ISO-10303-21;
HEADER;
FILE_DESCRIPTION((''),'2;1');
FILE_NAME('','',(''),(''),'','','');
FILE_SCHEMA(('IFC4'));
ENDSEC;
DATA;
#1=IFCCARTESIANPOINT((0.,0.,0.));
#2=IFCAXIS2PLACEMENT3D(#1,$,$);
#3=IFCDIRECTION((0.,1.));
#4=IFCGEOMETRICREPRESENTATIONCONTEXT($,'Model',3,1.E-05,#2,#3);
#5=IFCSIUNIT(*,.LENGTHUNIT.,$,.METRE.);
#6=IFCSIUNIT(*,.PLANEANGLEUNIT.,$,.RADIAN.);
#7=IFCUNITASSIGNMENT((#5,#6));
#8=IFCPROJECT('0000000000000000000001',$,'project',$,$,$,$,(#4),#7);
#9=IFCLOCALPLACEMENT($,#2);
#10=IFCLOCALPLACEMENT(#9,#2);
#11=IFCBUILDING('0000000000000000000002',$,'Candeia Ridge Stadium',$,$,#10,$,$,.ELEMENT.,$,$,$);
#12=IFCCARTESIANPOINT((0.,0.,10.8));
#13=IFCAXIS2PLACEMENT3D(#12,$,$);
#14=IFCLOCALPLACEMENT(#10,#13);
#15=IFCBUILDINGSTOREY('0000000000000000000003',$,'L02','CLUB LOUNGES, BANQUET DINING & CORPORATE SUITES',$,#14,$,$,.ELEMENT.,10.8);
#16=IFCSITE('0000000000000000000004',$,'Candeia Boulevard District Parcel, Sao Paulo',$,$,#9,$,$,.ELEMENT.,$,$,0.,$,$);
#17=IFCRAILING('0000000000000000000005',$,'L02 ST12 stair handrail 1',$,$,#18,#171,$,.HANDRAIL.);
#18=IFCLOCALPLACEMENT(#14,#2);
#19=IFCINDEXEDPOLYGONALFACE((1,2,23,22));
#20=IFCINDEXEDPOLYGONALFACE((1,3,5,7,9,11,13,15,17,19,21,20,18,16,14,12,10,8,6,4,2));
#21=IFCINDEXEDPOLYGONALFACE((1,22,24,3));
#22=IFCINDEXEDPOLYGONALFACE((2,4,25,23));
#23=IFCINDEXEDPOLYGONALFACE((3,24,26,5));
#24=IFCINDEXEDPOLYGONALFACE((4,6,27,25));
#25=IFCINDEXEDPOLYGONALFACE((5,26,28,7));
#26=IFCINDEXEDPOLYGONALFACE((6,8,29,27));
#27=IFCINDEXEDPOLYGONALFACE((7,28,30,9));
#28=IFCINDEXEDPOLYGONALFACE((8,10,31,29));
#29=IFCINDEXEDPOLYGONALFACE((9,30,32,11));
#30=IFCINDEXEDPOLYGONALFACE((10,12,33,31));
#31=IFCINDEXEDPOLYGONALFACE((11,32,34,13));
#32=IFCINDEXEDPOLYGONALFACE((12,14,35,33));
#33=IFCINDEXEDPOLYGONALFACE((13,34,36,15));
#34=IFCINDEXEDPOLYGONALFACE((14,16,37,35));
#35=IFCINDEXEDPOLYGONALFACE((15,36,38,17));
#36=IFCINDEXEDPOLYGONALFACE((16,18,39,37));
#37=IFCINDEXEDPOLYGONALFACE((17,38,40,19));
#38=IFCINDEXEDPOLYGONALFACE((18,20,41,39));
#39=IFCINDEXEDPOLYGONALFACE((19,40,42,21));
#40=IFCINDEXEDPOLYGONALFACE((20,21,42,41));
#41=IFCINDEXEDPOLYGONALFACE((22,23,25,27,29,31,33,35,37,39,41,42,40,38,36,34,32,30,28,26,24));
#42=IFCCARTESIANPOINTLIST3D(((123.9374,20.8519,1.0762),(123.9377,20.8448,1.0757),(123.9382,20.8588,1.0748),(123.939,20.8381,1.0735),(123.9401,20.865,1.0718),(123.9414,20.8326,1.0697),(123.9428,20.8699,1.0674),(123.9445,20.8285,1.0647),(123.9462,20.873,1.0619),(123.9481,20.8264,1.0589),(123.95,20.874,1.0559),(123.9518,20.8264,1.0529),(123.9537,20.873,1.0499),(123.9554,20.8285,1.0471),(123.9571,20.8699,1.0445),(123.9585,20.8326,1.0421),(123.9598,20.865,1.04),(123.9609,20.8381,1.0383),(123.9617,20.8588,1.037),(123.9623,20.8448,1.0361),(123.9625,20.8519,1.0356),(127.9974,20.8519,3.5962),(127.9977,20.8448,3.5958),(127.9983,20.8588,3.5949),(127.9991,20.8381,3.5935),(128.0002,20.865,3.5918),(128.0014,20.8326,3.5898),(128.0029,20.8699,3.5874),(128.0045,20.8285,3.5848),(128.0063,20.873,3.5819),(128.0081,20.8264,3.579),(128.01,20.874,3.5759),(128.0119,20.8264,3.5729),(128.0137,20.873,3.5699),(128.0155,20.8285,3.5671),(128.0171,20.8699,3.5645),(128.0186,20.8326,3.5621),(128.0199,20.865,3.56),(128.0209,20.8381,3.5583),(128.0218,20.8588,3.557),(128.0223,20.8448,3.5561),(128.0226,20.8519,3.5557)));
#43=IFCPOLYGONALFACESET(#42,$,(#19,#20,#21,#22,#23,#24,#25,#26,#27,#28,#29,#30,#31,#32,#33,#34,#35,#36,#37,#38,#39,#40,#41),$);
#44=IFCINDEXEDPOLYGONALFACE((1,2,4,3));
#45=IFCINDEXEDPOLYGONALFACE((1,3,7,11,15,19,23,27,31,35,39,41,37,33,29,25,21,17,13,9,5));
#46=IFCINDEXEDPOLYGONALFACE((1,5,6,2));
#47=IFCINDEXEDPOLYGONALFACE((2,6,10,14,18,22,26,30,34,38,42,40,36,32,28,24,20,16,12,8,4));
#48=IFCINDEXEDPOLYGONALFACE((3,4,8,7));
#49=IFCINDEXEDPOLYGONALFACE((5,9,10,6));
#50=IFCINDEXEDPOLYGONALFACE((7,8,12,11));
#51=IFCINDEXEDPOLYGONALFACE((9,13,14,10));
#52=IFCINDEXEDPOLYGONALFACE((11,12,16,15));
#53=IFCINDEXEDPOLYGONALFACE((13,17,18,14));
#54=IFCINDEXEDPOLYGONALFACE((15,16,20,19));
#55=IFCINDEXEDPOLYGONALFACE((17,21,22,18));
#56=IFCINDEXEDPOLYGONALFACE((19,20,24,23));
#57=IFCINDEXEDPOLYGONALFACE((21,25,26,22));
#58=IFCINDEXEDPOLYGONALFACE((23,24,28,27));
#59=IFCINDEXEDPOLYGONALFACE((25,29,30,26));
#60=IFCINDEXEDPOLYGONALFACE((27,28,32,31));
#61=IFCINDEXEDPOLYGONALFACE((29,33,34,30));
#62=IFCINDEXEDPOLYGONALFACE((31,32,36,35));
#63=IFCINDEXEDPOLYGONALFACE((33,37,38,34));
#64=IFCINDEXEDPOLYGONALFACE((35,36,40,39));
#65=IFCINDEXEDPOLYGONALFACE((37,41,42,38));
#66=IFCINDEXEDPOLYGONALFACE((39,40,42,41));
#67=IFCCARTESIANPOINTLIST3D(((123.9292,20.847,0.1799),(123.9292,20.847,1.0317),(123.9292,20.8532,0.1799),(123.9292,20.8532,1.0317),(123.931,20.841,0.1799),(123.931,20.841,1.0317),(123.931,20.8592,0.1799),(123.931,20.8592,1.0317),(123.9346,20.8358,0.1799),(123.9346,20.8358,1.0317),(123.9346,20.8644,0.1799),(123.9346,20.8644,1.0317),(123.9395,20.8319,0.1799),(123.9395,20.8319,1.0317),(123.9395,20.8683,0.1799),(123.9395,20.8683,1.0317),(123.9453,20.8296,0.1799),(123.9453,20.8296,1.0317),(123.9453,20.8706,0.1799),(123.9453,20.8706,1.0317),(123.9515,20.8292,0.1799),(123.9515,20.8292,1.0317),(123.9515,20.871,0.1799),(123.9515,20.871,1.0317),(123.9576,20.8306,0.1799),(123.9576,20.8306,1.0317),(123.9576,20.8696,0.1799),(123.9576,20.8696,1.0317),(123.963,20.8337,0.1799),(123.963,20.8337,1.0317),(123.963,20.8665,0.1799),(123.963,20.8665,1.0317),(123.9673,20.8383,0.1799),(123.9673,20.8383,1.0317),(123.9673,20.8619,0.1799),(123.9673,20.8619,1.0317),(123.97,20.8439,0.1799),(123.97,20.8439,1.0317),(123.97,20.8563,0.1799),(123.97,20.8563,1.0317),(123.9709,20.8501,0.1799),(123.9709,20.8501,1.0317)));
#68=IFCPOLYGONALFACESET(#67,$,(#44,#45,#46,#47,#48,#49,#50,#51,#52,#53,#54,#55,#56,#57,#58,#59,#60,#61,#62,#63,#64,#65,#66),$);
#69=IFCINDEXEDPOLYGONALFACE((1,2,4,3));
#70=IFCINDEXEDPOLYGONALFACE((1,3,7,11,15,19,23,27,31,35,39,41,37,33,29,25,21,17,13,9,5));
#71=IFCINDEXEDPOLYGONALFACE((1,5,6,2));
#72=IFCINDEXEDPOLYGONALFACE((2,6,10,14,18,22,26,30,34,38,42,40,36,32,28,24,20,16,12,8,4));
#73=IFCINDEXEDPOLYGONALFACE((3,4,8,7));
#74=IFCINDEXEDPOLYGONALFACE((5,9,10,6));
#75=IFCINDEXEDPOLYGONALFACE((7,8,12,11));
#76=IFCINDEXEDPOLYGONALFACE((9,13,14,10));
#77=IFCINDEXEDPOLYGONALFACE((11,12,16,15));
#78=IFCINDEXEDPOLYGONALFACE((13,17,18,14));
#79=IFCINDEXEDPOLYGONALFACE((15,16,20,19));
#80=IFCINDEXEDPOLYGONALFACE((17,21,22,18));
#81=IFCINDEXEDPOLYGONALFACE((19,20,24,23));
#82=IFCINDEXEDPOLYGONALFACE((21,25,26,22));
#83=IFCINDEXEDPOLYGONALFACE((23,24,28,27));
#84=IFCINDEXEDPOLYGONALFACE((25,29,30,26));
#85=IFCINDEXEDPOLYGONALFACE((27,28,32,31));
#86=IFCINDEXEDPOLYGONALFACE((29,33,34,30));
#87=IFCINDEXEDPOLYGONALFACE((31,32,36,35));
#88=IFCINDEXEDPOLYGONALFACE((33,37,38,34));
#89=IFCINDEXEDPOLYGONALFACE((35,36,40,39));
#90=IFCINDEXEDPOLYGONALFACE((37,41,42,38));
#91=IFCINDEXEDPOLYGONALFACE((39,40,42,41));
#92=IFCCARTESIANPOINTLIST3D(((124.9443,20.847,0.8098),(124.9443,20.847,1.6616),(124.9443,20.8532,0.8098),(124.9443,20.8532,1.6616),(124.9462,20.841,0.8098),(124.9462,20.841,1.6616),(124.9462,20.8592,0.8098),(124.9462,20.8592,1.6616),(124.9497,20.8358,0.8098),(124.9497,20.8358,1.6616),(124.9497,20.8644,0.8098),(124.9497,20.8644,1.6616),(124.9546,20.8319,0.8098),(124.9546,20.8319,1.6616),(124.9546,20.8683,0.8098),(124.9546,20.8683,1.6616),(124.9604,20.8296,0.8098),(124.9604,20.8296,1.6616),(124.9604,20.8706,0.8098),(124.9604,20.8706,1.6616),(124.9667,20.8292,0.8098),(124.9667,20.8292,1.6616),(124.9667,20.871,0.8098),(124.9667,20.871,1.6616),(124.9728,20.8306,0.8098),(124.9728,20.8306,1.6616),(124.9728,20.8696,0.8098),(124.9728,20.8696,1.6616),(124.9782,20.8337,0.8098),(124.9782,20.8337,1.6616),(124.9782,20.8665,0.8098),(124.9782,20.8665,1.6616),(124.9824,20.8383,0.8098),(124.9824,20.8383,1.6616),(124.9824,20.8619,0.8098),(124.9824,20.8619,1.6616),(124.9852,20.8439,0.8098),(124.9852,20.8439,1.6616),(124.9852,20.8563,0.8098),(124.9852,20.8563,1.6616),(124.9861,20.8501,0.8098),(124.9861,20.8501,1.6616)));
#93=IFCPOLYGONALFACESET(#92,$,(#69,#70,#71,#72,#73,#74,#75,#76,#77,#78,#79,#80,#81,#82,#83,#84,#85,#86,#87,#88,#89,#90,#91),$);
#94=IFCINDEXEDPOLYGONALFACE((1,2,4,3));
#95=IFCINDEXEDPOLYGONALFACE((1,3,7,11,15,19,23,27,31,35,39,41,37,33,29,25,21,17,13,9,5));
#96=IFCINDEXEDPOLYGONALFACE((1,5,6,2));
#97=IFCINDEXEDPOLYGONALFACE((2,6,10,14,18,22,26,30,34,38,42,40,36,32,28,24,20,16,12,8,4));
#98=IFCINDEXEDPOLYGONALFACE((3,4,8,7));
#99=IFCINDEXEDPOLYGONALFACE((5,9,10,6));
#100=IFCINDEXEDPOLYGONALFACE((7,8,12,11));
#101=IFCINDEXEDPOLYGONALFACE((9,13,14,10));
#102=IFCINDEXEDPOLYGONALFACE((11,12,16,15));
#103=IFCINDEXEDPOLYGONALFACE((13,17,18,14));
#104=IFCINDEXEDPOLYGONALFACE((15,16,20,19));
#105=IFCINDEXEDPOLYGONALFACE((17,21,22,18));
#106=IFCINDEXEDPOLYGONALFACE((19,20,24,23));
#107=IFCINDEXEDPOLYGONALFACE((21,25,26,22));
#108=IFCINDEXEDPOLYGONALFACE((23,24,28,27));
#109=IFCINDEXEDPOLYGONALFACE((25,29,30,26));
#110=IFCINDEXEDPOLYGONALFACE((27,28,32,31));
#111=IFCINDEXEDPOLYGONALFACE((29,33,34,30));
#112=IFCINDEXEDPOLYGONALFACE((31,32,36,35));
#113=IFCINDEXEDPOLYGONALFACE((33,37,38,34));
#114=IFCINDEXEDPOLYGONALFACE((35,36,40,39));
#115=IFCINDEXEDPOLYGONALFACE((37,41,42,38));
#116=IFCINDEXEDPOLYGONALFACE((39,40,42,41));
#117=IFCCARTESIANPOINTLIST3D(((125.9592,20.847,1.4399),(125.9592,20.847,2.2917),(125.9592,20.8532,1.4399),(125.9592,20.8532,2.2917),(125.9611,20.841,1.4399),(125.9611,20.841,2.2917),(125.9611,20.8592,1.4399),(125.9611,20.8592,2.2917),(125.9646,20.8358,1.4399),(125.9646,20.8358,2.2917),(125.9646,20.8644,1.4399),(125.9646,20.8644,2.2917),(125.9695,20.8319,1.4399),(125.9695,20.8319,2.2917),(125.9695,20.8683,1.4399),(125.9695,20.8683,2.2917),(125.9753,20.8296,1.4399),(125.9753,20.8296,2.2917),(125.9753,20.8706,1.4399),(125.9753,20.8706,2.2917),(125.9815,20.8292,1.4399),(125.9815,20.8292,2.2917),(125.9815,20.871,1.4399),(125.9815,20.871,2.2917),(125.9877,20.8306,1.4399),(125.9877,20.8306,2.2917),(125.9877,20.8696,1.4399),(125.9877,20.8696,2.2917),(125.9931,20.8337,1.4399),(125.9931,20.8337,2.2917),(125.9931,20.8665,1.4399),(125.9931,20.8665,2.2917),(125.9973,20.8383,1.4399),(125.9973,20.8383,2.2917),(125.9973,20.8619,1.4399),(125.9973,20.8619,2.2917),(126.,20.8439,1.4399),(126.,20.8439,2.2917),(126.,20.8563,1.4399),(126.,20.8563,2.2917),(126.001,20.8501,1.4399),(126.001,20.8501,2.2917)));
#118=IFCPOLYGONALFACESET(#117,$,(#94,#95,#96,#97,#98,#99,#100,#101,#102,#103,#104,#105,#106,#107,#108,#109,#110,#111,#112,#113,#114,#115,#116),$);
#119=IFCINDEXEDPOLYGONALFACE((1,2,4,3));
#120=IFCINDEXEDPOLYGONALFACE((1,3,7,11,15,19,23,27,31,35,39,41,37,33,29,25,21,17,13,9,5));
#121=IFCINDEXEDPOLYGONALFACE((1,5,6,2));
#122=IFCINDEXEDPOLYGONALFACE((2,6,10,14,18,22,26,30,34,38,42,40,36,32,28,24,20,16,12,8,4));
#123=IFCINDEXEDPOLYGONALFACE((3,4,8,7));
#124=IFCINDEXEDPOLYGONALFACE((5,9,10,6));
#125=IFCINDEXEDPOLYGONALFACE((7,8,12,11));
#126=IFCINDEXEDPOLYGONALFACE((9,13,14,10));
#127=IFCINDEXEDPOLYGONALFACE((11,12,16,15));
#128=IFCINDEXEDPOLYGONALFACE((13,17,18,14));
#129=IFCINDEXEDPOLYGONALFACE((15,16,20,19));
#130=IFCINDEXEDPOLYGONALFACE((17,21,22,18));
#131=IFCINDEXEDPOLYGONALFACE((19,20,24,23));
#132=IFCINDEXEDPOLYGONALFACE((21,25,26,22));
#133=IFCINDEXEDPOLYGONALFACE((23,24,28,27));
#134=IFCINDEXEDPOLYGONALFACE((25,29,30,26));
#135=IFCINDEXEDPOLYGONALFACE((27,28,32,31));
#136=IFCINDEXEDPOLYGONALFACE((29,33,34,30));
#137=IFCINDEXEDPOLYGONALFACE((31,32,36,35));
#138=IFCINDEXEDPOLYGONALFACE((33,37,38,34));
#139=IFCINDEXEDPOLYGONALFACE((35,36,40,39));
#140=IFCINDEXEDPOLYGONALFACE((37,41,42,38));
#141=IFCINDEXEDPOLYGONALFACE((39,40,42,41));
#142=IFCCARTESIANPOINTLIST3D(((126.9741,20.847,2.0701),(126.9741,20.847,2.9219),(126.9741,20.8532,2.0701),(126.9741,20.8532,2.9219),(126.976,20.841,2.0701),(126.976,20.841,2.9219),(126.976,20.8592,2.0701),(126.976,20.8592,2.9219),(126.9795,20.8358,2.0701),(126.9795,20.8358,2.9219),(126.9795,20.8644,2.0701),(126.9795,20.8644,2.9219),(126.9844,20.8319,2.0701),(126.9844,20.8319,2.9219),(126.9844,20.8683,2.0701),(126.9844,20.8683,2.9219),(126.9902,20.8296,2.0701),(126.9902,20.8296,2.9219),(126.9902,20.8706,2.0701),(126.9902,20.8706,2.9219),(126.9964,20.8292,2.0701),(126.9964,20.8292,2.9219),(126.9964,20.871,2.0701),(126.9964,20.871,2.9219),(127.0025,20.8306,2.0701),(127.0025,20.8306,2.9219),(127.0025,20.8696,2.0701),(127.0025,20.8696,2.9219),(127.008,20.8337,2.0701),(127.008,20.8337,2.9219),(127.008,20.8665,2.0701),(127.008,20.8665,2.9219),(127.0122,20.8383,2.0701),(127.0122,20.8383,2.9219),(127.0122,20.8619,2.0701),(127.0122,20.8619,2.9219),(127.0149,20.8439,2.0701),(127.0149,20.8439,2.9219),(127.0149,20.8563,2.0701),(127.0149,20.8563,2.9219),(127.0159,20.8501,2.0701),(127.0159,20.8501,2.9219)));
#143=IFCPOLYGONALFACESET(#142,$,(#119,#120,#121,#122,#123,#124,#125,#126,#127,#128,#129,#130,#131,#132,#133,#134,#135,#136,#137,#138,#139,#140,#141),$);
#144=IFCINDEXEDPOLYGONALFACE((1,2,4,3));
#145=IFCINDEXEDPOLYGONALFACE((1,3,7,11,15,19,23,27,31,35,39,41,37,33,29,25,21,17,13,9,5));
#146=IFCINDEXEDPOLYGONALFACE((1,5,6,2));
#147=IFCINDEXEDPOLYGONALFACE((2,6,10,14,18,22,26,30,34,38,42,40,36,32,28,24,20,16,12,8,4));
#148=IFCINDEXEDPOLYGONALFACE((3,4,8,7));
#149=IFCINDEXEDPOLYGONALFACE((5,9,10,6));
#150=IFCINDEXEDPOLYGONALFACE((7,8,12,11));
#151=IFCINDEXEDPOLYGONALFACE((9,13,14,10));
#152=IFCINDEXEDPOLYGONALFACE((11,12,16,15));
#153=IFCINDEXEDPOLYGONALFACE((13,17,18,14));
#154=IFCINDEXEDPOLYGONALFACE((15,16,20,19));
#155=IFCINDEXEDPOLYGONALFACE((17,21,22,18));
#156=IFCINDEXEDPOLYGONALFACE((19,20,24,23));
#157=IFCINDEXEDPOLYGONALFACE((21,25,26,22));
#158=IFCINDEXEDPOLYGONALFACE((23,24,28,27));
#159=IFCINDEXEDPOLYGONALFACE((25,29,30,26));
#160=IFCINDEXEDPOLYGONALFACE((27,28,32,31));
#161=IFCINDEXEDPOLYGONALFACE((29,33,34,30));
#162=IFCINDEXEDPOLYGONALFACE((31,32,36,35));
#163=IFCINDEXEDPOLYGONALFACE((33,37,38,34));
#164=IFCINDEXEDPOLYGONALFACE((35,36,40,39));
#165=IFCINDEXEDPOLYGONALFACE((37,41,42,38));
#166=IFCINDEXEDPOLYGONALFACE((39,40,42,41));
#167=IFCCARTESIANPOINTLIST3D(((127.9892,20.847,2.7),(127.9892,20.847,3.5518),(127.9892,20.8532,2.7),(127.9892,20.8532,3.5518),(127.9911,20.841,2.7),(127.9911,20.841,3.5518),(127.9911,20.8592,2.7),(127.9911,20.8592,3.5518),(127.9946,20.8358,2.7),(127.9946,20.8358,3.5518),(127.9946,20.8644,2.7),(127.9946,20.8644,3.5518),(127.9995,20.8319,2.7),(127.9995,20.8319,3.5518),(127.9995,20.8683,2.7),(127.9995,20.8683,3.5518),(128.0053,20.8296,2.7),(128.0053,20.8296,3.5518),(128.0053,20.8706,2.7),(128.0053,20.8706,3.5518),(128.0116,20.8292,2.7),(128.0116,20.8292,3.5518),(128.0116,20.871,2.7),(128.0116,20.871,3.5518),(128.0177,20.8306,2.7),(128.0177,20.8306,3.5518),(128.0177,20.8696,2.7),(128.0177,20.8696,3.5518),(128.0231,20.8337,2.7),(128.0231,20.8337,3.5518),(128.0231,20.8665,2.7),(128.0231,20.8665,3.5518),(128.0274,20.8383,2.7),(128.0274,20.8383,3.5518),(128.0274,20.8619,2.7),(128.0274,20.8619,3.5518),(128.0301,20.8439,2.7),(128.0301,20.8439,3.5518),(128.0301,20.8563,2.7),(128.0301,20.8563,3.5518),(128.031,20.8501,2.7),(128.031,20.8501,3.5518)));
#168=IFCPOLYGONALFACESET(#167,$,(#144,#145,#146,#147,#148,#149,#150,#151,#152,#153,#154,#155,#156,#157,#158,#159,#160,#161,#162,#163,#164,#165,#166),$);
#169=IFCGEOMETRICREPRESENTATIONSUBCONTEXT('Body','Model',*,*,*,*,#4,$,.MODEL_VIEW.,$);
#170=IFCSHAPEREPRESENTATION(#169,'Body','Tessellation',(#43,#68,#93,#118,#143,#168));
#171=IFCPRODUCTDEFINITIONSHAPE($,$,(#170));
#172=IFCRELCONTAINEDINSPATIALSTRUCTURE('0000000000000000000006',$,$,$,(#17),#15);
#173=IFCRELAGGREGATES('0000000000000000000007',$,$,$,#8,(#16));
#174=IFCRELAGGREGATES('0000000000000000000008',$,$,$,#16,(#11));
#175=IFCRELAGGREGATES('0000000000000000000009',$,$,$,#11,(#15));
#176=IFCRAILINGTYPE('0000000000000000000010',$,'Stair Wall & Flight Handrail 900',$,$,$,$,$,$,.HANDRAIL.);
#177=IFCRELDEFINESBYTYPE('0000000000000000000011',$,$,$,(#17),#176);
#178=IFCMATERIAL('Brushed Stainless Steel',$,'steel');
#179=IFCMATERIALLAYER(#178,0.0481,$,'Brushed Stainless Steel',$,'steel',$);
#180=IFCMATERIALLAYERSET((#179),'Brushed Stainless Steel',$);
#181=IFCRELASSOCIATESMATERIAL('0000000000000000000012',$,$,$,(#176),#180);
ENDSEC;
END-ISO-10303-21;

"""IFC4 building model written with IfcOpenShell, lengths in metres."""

from ifc_helpers import new_model, si_unit, direction, frame, origin, origin_2d, place, context, subcontext, project, spatial, circle, extrude, material, layer, layer_set, type_object, element, save


model = new_model("IFC4")

# Units and contexts
model_context = context("Model", 3, precision=1e-05, world=origin(), true_north=direction((0.0, 1.0)))
body_context = subcontext(model_context, "Body", "Model", "MODEL_VIEW")
ifc_project = project(units=[si_unit("LENGTHUNIT", "METRE"), si_unit("PLANEANGLEUNIT", "RADIAN")], contexts=[model_context])

# Site, building, storey
site_placement = place(None, origin())
site = spatial("IfcSite", under=ifc_project, at=site_placement, Name="Candeia Boulevard District Parcel, Sao Paulo", CompositionType="ELEMENT", RefElevation=0.0)
building_placement = place(site_placement, origin())
building = spatial("IfcBuilding", under=site, at=building_placement, Name="Candeia Ridge Stadium", CompositionType="ELEMENT")
storey_placement = place(building_placement, frame((0.0, 0.0, 10.8)))
storey = spatial("IfcBuildingStorey", under=building, at=storey_placement, Name="L02", Description="CLUB LOUNGES, BANQUET DINING & CORPORATE SUITES", CompositionType="ELEMENT", Elevation=10.8)

# Railing
ifc_material_1 = material(Name="Brushed Stainless Steel", Category="steel")
ifc_layer_1 = layer(ifc_material_1, 0.0481, Name="Brushed Stainless Steel", Category="steel")
ifc_layer_set_1 = layer_set([ifc_layer_1], Name="Brushed Stainless Steel")
railing_type_1 = type_object("IfcRailingType", Name="Stair Wall & Flight Handrail 900", PredefinedType="HANDRAIL", material=ifc_layer_set_1)
railing_1_placement = place(storey_placement, frame((123.95, 20.8501, 0.1799)))
element("IfcRailing", 1, at=railing_1_placement, inside=storey, type_object=railing_type_1, Name="L02 ST12 stair handrail 1", PredefinedType="HANDRAIL", context=body_context, shape_type="SweptSolid", body=[
    extrude(circle(Radius=0.0239, at=origin_2d()), frame((0.0, 0.0, 0.876), z_axis=(0.849642, 0.0, 0.52736), x_axis=(0.0, 1.0, 0.0)), (0.0, 0.0, 1.0), 4.7786),
    extrude(circle(Radius=0.021, at=origin_2d()), origin(), (0.0, 0.0, 1.0), 0.8518),
    extrude(circle(Radius=0.021, at=origin_2d()), frame((1.0151, 0.0, 0.6299)), (0.0, 0.0, 1.0), 0.8518),
    extrude(circle(Radius=0.021, at=origin_2d()), frame((2.03, 0.0, 1.26)), (0.0, 0.0, 1.0), 0.8518),
    extrude(circle(Radius=0.021, at=origin_2d()), frame((3.0449, 0.0, 1.8901)), (0.0, 0.0, 1.0), 0.8518),
    extrude(circle(Radius=0.021, at=origin_2d()), frame((4.0601, 0.0, 2.52)), (0.0, 0.0, 1.0), 0.8518),
])

save(model, "model.ifc")
